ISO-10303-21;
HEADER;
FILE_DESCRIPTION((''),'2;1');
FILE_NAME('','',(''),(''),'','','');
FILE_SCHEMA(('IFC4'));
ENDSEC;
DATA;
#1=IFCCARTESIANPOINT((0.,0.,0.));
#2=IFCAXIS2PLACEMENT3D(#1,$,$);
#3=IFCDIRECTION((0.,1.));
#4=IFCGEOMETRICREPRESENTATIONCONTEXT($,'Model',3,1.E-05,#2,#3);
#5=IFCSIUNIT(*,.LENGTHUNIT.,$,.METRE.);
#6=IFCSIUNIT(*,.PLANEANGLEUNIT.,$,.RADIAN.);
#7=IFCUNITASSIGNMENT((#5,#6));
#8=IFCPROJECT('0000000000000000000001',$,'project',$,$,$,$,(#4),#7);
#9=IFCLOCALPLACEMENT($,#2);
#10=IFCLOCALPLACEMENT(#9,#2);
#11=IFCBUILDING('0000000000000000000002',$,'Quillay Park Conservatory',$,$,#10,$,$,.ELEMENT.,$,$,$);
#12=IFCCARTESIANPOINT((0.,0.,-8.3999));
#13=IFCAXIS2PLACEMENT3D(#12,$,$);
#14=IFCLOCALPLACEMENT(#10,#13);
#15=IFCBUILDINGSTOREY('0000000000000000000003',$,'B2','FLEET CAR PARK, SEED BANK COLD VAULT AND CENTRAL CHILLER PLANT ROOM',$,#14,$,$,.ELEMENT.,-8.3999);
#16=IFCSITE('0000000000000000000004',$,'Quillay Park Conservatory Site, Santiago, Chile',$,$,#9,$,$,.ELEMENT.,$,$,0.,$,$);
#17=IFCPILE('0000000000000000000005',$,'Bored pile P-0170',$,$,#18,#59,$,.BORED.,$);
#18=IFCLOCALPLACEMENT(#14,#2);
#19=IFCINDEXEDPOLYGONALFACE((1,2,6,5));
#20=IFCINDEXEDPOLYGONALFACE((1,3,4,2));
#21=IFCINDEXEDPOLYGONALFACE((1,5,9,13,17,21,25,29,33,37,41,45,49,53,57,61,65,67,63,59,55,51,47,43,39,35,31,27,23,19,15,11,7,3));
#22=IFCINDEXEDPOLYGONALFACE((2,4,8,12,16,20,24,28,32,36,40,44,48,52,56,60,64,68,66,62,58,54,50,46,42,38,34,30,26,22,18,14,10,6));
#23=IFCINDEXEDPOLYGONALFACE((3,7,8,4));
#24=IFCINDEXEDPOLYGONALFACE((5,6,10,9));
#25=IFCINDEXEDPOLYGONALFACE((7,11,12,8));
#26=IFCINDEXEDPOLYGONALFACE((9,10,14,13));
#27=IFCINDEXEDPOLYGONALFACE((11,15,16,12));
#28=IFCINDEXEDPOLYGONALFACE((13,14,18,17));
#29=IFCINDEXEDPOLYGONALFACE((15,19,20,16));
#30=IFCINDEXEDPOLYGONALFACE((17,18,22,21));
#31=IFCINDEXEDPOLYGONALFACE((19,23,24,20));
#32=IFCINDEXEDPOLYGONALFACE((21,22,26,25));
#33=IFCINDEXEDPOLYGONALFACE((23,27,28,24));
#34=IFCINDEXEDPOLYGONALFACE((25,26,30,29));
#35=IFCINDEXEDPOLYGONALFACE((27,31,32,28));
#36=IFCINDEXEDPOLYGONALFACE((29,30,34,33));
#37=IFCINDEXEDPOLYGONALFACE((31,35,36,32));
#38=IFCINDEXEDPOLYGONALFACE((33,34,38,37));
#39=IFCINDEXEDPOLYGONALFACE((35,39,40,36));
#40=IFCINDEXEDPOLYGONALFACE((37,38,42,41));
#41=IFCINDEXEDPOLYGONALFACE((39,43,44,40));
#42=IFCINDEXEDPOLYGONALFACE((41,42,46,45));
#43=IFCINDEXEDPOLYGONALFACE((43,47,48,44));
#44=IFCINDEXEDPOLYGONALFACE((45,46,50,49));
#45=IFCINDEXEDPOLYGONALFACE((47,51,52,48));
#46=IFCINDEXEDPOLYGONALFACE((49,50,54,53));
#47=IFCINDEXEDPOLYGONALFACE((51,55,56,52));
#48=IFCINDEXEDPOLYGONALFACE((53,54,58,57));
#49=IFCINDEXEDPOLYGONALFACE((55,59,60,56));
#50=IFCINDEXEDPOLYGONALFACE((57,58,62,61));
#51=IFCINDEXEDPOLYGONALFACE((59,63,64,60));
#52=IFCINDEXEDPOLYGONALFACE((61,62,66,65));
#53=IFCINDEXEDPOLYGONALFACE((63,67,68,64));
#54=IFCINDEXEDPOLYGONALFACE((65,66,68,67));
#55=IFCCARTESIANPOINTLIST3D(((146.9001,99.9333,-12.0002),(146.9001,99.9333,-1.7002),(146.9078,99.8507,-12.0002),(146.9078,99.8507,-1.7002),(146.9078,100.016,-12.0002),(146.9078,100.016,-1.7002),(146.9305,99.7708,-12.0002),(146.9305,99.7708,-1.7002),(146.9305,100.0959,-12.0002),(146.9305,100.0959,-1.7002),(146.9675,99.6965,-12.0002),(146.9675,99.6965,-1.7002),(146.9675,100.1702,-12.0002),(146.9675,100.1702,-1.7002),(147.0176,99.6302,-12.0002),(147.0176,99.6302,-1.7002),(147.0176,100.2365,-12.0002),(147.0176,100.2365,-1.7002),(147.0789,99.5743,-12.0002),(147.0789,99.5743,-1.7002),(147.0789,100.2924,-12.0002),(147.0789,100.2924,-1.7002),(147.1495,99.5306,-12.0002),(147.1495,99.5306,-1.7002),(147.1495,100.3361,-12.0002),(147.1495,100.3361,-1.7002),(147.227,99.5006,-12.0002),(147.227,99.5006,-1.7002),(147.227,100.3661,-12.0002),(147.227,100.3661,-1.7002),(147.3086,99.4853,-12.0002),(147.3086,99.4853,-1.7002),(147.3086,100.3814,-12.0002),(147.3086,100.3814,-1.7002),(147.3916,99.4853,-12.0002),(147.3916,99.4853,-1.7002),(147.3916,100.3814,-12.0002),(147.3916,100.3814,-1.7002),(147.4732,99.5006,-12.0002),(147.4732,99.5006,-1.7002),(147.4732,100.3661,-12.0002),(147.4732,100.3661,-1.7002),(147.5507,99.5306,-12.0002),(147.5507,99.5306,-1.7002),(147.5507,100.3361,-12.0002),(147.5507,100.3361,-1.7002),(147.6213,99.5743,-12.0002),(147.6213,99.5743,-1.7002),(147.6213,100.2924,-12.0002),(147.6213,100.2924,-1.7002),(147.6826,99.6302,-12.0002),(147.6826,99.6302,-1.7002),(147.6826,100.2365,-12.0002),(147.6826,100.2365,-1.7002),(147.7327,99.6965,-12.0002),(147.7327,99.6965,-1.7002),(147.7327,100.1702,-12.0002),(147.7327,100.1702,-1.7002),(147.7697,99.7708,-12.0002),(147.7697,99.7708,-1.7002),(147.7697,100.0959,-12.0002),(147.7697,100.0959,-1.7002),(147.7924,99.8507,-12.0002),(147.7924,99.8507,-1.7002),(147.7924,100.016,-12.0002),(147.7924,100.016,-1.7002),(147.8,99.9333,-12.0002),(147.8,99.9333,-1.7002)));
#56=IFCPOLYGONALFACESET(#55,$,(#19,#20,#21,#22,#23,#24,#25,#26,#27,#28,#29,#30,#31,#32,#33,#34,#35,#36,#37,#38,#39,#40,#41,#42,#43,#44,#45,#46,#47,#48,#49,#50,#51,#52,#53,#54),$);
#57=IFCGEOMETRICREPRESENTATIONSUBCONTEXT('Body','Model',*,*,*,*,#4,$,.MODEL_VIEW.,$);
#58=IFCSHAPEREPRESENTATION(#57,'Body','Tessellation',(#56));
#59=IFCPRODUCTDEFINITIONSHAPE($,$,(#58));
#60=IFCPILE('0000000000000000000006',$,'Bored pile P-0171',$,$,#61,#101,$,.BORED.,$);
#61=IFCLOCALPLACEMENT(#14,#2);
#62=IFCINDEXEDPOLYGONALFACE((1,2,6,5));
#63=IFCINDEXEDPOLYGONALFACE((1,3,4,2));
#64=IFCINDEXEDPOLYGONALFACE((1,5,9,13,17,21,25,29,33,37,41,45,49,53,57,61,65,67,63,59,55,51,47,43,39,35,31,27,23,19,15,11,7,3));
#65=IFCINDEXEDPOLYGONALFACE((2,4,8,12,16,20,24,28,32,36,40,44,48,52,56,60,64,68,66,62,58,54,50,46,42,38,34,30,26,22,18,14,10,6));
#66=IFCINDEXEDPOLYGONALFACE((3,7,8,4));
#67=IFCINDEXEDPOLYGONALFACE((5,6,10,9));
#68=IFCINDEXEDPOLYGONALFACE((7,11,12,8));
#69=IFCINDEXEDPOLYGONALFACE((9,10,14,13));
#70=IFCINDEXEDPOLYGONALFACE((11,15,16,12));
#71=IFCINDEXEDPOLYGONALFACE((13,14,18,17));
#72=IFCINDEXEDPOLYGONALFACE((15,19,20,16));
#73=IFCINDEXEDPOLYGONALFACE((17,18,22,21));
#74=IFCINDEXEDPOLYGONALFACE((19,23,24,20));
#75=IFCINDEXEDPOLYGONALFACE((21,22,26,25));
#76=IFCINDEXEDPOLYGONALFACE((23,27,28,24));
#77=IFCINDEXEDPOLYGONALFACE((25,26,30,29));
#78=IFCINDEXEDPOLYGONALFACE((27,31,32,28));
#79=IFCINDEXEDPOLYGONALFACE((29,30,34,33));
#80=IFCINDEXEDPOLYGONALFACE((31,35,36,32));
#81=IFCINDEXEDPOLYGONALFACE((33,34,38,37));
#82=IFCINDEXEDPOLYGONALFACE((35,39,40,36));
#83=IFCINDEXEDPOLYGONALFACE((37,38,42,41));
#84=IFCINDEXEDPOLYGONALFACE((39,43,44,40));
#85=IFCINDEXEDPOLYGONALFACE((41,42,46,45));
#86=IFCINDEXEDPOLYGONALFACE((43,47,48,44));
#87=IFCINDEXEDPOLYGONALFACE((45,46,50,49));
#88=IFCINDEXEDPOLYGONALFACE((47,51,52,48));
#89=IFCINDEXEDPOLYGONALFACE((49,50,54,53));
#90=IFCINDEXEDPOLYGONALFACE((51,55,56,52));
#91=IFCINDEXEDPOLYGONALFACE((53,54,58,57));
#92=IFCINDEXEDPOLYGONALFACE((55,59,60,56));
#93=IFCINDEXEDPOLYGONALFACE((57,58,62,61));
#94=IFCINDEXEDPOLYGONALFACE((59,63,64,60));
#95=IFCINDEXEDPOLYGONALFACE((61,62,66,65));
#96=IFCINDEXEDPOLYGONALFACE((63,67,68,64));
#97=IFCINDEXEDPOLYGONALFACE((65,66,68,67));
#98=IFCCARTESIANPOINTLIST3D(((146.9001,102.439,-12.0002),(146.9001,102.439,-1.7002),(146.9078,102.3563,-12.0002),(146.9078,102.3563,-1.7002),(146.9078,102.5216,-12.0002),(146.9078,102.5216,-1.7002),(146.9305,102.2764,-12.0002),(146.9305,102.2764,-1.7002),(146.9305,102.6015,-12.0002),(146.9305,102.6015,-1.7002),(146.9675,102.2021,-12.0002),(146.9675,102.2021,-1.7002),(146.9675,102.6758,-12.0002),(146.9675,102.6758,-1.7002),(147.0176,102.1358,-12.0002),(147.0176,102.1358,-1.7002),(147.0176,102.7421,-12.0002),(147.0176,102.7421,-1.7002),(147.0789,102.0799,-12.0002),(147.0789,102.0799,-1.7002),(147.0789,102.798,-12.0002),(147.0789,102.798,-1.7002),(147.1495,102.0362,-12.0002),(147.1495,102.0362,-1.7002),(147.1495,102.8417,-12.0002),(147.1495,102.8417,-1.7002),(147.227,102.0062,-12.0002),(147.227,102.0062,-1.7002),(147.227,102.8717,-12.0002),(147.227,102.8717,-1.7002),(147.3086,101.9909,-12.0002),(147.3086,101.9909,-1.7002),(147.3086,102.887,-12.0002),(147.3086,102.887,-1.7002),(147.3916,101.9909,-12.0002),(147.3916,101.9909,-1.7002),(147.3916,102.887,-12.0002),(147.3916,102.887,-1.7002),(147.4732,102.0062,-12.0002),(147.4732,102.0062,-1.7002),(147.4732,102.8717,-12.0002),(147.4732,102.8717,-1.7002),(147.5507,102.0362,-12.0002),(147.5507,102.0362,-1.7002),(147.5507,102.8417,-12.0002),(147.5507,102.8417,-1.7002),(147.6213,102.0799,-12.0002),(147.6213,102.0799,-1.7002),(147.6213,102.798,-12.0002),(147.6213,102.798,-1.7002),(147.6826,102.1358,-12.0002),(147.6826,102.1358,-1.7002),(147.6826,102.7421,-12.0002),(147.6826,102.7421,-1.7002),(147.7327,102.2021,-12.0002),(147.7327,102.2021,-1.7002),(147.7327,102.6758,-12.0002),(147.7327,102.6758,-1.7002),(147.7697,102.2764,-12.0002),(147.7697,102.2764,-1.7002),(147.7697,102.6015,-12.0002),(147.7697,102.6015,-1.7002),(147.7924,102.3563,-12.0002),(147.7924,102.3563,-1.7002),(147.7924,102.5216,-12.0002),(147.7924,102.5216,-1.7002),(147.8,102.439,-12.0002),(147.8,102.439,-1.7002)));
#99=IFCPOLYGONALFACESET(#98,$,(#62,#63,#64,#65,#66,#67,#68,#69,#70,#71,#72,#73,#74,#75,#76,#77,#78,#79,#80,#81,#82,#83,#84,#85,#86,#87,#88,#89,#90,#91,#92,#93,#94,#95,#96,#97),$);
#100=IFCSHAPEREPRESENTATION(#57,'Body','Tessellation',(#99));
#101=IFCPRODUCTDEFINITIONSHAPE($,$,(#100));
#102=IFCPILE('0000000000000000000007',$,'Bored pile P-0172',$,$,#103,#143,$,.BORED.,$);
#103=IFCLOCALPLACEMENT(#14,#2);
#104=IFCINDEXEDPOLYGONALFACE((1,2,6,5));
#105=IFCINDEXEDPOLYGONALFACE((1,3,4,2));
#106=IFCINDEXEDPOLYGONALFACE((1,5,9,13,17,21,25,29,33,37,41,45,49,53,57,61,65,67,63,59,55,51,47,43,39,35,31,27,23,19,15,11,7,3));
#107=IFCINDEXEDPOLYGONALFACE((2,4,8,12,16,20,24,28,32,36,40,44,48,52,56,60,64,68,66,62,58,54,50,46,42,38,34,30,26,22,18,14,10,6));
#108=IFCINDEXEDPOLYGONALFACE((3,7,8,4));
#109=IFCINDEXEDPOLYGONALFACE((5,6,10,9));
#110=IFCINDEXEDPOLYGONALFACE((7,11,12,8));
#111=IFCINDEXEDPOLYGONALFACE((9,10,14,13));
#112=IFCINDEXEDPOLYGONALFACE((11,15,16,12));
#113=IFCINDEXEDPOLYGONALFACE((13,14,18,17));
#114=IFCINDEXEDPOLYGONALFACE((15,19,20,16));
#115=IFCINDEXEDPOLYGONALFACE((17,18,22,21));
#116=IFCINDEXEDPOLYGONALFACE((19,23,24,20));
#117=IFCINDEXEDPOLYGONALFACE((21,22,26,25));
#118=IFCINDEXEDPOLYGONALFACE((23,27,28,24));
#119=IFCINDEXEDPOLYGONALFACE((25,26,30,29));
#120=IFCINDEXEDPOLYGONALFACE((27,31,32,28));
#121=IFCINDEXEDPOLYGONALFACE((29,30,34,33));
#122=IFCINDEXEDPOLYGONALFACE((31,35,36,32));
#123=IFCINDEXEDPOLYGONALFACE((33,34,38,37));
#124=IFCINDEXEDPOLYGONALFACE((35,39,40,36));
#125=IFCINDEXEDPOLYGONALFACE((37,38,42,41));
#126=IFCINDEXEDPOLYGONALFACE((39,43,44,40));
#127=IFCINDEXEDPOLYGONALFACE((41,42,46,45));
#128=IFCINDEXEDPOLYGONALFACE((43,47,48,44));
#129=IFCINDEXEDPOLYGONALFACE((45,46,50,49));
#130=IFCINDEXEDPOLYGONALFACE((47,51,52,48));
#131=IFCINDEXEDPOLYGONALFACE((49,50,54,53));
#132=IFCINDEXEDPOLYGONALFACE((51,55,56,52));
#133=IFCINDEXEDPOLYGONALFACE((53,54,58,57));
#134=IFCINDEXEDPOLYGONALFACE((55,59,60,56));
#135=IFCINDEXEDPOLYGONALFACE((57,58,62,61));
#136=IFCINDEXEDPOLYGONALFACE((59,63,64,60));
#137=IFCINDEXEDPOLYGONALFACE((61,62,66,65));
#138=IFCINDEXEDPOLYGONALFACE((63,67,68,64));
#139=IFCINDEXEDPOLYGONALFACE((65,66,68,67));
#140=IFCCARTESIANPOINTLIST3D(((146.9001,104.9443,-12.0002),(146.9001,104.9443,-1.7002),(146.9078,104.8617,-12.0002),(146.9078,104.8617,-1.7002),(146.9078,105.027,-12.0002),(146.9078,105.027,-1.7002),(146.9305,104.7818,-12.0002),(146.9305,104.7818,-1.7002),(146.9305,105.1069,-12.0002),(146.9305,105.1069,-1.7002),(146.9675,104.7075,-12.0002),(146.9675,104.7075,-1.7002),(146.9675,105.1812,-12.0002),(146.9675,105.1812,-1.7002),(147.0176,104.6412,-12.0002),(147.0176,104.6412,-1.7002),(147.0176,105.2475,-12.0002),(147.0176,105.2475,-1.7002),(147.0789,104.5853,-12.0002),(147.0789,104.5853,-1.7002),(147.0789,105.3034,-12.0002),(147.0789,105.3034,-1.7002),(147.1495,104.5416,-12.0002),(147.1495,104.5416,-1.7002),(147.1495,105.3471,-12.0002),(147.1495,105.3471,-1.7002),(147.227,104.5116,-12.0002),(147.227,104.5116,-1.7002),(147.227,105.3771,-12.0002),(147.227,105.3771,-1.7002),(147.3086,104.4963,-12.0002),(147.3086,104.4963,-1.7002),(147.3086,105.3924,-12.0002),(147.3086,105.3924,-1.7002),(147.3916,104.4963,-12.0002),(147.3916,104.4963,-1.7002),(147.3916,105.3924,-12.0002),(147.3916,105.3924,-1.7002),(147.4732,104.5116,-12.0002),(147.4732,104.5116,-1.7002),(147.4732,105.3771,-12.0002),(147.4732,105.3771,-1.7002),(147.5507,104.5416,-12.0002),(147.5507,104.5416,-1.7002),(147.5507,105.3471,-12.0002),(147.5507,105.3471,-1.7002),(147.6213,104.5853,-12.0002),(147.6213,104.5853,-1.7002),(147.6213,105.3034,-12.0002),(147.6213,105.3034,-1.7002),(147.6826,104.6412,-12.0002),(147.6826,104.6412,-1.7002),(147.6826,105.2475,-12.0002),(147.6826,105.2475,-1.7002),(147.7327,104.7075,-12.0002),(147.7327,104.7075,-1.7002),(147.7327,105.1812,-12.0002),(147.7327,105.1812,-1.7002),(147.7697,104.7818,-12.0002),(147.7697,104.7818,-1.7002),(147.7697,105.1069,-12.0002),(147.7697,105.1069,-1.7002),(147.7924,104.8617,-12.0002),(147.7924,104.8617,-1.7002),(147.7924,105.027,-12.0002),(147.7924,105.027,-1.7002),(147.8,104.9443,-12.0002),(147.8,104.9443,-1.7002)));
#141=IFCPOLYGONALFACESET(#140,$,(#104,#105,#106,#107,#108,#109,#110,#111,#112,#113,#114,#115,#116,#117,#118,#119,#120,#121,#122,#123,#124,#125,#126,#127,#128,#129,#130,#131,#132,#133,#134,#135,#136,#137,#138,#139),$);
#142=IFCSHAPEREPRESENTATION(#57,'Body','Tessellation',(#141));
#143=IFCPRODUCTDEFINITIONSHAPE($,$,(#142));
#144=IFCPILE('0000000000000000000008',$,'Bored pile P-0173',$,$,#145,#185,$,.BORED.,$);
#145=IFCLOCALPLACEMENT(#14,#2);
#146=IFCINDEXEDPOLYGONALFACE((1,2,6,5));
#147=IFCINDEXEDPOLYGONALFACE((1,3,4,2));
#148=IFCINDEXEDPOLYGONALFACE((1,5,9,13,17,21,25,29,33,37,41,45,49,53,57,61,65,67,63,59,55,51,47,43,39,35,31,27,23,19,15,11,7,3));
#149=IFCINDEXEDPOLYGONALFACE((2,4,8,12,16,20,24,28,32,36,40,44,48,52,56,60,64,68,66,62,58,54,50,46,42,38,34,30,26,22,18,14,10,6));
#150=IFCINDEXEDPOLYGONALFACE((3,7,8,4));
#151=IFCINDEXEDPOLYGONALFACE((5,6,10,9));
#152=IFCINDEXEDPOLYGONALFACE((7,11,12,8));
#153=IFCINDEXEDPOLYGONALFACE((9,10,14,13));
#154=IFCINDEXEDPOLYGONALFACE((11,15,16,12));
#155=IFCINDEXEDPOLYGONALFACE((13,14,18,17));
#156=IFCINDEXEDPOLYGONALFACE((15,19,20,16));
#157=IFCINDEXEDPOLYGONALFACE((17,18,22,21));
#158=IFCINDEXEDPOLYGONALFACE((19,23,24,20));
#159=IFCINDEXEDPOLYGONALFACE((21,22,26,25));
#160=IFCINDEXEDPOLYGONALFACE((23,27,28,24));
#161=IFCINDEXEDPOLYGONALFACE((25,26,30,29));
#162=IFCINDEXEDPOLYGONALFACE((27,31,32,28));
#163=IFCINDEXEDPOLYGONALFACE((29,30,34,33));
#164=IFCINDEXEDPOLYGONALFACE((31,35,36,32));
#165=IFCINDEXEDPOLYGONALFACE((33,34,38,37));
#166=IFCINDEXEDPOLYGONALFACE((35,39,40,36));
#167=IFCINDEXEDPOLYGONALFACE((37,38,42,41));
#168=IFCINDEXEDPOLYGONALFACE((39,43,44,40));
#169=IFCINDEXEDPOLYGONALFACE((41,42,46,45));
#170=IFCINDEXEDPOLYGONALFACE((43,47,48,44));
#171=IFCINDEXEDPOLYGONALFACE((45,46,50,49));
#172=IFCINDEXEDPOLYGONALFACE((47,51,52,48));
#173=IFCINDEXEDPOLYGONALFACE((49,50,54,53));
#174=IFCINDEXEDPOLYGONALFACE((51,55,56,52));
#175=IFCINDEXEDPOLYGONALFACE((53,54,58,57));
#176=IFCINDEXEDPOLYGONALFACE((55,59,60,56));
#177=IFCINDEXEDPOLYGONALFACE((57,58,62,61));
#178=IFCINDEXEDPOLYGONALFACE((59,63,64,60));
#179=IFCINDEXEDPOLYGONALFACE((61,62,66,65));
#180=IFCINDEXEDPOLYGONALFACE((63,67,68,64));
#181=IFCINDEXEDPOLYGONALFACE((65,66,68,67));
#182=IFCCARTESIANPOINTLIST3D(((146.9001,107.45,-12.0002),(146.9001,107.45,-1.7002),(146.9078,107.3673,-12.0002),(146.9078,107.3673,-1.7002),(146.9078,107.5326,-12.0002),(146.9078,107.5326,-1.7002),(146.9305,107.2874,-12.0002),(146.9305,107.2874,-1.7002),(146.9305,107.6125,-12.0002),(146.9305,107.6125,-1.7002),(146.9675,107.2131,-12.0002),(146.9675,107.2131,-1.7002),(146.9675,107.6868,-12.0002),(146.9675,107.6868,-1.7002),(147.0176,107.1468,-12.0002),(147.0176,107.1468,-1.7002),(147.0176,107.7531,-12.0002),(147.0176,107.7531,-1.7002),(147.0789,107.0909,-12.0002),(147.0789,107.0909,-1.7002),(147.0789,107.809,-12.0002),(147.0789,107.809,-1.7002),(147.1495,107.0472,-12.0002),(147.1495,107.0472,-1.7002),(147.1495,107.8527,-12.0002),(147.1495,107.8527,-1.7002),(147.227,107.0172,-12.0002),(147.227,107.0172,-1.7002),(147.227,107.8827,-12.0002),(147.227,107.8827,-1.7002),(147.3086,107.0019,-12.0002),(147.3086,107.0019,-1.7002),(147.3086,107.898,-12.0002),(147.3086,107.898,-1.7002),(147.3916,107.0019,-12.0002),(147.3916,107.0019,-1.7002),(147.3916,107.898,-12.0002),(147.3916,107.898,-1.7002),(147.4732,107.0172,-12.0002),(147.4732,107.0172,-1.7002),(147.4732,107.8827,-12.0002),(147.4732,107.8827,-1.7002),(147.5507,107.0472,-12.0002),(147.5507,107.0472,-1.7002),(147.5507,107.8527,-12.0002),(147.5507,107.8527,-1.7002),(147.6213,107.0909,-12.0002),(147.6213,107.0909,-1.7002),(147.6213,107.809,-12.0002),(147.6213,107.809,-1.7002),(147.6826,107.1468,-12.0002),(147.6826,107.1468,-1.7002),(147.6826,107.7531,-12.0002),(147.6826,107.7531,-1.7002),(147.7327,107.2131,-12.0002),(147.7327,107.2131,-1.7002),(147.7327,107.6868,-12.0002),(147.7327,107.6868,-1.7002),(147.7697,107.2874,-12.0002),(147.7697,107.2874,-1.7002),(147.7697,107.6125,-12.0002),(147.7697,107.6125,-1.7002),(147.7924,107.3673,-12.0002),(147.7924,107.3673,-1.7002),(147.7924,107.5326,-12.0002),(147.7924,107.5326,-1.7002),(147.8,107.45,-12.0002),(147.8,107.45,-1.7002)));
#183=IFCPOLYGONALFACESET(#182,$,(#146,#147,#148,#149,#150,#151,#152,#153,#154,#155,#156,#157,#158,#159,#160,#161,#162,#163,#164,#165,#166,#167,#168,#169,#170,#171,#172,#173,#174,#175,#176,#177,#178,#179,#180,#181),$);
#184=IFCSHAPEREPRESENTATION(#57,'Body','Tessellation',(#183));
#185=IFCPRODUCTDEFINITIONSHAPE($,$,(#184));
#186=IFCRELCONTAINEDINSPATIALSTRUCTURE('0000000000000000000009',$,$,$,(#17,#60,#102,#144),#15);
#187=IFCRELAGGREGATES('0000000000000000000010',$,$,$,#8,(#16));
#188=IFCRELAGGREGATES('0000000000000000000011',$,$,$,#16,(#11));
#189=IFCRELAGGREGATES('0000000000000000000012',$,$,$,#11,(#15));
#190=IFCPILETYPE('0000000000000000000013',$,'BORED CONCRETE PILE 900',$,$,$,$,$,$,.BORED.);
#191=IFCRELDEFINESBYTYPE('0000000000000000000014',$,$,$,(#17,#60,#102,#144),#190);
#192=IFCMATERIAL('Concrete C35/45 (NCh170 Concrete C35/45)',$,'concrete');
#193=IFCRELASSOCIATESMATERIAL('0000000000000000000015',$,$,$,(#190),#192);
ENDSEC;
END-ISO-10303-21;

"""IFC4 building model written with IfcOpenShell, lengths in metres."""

from ifc_helpers import new_model, si_unit, direction, frame, origin, origin_2d, place, context, subcontext, project, spatial, circle, extrude, material, material_profile, profile_set, type_object, element, save


model = new_model("IFC4")

# Units and contexts
model_context = context("Model", 3, precision=1e-05, world=origin(), true_north=direction((0.0, 1.0)))
body_context = subcontext(model_context, "Body", "Model", "MODEL_VIEW")
ifc_project = project(units=[si_unit("LENGTHUNIT", "METRE"), si_unit("PLANEANGLEUNIT", "RADIAN")], contexts=[model_context])

# Site, building, storey
site_placement = place(None, origin())
site = spatial("IfcSite", under=ifc_project, at=site_placement, Name="Quillay Park Conservatory Site, Santiago, Chile", CompositionType="ELEMENT", RefElevation=0.0)
building_placement = place(site_placement, origin())
building = spatial("IfcBuilding", under=site, at=building_placement, Name="Quillay Park Conservatory", CompositionType="ELEMENT")
storey_placement = place(building_placement, frame((0.0, 0.0, -8.3999)))
storey = spatial("IfcBuildingStorey", under=building, at=storey_placement, Name="B2", Description="FLEET CAR PARK, SEED BANK COLD VAULT AND CENTRAL CHILLER PLANT ROOM", CompositionType="ELEMENT", Elevation=-8.3999)

# Piles
ifc_material_1 = material(Name="Concrete C35/45 (NCh170 Concrete C35/45)", Category="concrete")
ifc_material_profile_1 = material_profile(ifc_material_1, circle(Radius=0.45, at=origin_2d()), Name="PILE900")
ifc_profile_set_1 = profile_set([ifc_material_profile_1], Name="Concrete C35/45 (NCh170 Concrete C35/45)")
pile_type = type_object("IfcPileType", Name="BORED CONCRETE PILE 900", PredefinedType="BORED", material=ifc_profile_set_1)
for number, where, z_axis, x_axis, name in (
    (1, (147.3501, 99.9333, -1.7002), (0.0, 0.0, -1.0), (1.0, 0.0, 0.0), "Bored pile P-0170"),
    (2, (147.3501, 102.439, -1.7002), (0.0, 0.0, -1.0), (1.0, 0.0, 0.0), "Bored pile P-0171"),
    (3, (147.3501, 104.9443, -1.7002), (0.0, 0.0, -1.0), (1.0, 0.0, 0.0), "Bored pile P-0172"),
    (4, (147.3501, 107.45, -1.7002), (0.0, 0.0, -1.0), (1.0, 0.0, 0.0), "Bored pile P-0173"),
):
    element("IfcPile", number, at=place(storey_placement, frame(where, z_axis=z_axis, x_axis=x_axis)), inside=storey, type_object=pile_type, Name=name, PredefinedType="BORED", context=body_context, shape_type="SweptSolid", body=[
        extrude(circle(Radius=0.45, at=origin_2d()), origin(), (0.0, 0.0, 1.0), 10.3),
    ])

save(model, "model.ifc")
